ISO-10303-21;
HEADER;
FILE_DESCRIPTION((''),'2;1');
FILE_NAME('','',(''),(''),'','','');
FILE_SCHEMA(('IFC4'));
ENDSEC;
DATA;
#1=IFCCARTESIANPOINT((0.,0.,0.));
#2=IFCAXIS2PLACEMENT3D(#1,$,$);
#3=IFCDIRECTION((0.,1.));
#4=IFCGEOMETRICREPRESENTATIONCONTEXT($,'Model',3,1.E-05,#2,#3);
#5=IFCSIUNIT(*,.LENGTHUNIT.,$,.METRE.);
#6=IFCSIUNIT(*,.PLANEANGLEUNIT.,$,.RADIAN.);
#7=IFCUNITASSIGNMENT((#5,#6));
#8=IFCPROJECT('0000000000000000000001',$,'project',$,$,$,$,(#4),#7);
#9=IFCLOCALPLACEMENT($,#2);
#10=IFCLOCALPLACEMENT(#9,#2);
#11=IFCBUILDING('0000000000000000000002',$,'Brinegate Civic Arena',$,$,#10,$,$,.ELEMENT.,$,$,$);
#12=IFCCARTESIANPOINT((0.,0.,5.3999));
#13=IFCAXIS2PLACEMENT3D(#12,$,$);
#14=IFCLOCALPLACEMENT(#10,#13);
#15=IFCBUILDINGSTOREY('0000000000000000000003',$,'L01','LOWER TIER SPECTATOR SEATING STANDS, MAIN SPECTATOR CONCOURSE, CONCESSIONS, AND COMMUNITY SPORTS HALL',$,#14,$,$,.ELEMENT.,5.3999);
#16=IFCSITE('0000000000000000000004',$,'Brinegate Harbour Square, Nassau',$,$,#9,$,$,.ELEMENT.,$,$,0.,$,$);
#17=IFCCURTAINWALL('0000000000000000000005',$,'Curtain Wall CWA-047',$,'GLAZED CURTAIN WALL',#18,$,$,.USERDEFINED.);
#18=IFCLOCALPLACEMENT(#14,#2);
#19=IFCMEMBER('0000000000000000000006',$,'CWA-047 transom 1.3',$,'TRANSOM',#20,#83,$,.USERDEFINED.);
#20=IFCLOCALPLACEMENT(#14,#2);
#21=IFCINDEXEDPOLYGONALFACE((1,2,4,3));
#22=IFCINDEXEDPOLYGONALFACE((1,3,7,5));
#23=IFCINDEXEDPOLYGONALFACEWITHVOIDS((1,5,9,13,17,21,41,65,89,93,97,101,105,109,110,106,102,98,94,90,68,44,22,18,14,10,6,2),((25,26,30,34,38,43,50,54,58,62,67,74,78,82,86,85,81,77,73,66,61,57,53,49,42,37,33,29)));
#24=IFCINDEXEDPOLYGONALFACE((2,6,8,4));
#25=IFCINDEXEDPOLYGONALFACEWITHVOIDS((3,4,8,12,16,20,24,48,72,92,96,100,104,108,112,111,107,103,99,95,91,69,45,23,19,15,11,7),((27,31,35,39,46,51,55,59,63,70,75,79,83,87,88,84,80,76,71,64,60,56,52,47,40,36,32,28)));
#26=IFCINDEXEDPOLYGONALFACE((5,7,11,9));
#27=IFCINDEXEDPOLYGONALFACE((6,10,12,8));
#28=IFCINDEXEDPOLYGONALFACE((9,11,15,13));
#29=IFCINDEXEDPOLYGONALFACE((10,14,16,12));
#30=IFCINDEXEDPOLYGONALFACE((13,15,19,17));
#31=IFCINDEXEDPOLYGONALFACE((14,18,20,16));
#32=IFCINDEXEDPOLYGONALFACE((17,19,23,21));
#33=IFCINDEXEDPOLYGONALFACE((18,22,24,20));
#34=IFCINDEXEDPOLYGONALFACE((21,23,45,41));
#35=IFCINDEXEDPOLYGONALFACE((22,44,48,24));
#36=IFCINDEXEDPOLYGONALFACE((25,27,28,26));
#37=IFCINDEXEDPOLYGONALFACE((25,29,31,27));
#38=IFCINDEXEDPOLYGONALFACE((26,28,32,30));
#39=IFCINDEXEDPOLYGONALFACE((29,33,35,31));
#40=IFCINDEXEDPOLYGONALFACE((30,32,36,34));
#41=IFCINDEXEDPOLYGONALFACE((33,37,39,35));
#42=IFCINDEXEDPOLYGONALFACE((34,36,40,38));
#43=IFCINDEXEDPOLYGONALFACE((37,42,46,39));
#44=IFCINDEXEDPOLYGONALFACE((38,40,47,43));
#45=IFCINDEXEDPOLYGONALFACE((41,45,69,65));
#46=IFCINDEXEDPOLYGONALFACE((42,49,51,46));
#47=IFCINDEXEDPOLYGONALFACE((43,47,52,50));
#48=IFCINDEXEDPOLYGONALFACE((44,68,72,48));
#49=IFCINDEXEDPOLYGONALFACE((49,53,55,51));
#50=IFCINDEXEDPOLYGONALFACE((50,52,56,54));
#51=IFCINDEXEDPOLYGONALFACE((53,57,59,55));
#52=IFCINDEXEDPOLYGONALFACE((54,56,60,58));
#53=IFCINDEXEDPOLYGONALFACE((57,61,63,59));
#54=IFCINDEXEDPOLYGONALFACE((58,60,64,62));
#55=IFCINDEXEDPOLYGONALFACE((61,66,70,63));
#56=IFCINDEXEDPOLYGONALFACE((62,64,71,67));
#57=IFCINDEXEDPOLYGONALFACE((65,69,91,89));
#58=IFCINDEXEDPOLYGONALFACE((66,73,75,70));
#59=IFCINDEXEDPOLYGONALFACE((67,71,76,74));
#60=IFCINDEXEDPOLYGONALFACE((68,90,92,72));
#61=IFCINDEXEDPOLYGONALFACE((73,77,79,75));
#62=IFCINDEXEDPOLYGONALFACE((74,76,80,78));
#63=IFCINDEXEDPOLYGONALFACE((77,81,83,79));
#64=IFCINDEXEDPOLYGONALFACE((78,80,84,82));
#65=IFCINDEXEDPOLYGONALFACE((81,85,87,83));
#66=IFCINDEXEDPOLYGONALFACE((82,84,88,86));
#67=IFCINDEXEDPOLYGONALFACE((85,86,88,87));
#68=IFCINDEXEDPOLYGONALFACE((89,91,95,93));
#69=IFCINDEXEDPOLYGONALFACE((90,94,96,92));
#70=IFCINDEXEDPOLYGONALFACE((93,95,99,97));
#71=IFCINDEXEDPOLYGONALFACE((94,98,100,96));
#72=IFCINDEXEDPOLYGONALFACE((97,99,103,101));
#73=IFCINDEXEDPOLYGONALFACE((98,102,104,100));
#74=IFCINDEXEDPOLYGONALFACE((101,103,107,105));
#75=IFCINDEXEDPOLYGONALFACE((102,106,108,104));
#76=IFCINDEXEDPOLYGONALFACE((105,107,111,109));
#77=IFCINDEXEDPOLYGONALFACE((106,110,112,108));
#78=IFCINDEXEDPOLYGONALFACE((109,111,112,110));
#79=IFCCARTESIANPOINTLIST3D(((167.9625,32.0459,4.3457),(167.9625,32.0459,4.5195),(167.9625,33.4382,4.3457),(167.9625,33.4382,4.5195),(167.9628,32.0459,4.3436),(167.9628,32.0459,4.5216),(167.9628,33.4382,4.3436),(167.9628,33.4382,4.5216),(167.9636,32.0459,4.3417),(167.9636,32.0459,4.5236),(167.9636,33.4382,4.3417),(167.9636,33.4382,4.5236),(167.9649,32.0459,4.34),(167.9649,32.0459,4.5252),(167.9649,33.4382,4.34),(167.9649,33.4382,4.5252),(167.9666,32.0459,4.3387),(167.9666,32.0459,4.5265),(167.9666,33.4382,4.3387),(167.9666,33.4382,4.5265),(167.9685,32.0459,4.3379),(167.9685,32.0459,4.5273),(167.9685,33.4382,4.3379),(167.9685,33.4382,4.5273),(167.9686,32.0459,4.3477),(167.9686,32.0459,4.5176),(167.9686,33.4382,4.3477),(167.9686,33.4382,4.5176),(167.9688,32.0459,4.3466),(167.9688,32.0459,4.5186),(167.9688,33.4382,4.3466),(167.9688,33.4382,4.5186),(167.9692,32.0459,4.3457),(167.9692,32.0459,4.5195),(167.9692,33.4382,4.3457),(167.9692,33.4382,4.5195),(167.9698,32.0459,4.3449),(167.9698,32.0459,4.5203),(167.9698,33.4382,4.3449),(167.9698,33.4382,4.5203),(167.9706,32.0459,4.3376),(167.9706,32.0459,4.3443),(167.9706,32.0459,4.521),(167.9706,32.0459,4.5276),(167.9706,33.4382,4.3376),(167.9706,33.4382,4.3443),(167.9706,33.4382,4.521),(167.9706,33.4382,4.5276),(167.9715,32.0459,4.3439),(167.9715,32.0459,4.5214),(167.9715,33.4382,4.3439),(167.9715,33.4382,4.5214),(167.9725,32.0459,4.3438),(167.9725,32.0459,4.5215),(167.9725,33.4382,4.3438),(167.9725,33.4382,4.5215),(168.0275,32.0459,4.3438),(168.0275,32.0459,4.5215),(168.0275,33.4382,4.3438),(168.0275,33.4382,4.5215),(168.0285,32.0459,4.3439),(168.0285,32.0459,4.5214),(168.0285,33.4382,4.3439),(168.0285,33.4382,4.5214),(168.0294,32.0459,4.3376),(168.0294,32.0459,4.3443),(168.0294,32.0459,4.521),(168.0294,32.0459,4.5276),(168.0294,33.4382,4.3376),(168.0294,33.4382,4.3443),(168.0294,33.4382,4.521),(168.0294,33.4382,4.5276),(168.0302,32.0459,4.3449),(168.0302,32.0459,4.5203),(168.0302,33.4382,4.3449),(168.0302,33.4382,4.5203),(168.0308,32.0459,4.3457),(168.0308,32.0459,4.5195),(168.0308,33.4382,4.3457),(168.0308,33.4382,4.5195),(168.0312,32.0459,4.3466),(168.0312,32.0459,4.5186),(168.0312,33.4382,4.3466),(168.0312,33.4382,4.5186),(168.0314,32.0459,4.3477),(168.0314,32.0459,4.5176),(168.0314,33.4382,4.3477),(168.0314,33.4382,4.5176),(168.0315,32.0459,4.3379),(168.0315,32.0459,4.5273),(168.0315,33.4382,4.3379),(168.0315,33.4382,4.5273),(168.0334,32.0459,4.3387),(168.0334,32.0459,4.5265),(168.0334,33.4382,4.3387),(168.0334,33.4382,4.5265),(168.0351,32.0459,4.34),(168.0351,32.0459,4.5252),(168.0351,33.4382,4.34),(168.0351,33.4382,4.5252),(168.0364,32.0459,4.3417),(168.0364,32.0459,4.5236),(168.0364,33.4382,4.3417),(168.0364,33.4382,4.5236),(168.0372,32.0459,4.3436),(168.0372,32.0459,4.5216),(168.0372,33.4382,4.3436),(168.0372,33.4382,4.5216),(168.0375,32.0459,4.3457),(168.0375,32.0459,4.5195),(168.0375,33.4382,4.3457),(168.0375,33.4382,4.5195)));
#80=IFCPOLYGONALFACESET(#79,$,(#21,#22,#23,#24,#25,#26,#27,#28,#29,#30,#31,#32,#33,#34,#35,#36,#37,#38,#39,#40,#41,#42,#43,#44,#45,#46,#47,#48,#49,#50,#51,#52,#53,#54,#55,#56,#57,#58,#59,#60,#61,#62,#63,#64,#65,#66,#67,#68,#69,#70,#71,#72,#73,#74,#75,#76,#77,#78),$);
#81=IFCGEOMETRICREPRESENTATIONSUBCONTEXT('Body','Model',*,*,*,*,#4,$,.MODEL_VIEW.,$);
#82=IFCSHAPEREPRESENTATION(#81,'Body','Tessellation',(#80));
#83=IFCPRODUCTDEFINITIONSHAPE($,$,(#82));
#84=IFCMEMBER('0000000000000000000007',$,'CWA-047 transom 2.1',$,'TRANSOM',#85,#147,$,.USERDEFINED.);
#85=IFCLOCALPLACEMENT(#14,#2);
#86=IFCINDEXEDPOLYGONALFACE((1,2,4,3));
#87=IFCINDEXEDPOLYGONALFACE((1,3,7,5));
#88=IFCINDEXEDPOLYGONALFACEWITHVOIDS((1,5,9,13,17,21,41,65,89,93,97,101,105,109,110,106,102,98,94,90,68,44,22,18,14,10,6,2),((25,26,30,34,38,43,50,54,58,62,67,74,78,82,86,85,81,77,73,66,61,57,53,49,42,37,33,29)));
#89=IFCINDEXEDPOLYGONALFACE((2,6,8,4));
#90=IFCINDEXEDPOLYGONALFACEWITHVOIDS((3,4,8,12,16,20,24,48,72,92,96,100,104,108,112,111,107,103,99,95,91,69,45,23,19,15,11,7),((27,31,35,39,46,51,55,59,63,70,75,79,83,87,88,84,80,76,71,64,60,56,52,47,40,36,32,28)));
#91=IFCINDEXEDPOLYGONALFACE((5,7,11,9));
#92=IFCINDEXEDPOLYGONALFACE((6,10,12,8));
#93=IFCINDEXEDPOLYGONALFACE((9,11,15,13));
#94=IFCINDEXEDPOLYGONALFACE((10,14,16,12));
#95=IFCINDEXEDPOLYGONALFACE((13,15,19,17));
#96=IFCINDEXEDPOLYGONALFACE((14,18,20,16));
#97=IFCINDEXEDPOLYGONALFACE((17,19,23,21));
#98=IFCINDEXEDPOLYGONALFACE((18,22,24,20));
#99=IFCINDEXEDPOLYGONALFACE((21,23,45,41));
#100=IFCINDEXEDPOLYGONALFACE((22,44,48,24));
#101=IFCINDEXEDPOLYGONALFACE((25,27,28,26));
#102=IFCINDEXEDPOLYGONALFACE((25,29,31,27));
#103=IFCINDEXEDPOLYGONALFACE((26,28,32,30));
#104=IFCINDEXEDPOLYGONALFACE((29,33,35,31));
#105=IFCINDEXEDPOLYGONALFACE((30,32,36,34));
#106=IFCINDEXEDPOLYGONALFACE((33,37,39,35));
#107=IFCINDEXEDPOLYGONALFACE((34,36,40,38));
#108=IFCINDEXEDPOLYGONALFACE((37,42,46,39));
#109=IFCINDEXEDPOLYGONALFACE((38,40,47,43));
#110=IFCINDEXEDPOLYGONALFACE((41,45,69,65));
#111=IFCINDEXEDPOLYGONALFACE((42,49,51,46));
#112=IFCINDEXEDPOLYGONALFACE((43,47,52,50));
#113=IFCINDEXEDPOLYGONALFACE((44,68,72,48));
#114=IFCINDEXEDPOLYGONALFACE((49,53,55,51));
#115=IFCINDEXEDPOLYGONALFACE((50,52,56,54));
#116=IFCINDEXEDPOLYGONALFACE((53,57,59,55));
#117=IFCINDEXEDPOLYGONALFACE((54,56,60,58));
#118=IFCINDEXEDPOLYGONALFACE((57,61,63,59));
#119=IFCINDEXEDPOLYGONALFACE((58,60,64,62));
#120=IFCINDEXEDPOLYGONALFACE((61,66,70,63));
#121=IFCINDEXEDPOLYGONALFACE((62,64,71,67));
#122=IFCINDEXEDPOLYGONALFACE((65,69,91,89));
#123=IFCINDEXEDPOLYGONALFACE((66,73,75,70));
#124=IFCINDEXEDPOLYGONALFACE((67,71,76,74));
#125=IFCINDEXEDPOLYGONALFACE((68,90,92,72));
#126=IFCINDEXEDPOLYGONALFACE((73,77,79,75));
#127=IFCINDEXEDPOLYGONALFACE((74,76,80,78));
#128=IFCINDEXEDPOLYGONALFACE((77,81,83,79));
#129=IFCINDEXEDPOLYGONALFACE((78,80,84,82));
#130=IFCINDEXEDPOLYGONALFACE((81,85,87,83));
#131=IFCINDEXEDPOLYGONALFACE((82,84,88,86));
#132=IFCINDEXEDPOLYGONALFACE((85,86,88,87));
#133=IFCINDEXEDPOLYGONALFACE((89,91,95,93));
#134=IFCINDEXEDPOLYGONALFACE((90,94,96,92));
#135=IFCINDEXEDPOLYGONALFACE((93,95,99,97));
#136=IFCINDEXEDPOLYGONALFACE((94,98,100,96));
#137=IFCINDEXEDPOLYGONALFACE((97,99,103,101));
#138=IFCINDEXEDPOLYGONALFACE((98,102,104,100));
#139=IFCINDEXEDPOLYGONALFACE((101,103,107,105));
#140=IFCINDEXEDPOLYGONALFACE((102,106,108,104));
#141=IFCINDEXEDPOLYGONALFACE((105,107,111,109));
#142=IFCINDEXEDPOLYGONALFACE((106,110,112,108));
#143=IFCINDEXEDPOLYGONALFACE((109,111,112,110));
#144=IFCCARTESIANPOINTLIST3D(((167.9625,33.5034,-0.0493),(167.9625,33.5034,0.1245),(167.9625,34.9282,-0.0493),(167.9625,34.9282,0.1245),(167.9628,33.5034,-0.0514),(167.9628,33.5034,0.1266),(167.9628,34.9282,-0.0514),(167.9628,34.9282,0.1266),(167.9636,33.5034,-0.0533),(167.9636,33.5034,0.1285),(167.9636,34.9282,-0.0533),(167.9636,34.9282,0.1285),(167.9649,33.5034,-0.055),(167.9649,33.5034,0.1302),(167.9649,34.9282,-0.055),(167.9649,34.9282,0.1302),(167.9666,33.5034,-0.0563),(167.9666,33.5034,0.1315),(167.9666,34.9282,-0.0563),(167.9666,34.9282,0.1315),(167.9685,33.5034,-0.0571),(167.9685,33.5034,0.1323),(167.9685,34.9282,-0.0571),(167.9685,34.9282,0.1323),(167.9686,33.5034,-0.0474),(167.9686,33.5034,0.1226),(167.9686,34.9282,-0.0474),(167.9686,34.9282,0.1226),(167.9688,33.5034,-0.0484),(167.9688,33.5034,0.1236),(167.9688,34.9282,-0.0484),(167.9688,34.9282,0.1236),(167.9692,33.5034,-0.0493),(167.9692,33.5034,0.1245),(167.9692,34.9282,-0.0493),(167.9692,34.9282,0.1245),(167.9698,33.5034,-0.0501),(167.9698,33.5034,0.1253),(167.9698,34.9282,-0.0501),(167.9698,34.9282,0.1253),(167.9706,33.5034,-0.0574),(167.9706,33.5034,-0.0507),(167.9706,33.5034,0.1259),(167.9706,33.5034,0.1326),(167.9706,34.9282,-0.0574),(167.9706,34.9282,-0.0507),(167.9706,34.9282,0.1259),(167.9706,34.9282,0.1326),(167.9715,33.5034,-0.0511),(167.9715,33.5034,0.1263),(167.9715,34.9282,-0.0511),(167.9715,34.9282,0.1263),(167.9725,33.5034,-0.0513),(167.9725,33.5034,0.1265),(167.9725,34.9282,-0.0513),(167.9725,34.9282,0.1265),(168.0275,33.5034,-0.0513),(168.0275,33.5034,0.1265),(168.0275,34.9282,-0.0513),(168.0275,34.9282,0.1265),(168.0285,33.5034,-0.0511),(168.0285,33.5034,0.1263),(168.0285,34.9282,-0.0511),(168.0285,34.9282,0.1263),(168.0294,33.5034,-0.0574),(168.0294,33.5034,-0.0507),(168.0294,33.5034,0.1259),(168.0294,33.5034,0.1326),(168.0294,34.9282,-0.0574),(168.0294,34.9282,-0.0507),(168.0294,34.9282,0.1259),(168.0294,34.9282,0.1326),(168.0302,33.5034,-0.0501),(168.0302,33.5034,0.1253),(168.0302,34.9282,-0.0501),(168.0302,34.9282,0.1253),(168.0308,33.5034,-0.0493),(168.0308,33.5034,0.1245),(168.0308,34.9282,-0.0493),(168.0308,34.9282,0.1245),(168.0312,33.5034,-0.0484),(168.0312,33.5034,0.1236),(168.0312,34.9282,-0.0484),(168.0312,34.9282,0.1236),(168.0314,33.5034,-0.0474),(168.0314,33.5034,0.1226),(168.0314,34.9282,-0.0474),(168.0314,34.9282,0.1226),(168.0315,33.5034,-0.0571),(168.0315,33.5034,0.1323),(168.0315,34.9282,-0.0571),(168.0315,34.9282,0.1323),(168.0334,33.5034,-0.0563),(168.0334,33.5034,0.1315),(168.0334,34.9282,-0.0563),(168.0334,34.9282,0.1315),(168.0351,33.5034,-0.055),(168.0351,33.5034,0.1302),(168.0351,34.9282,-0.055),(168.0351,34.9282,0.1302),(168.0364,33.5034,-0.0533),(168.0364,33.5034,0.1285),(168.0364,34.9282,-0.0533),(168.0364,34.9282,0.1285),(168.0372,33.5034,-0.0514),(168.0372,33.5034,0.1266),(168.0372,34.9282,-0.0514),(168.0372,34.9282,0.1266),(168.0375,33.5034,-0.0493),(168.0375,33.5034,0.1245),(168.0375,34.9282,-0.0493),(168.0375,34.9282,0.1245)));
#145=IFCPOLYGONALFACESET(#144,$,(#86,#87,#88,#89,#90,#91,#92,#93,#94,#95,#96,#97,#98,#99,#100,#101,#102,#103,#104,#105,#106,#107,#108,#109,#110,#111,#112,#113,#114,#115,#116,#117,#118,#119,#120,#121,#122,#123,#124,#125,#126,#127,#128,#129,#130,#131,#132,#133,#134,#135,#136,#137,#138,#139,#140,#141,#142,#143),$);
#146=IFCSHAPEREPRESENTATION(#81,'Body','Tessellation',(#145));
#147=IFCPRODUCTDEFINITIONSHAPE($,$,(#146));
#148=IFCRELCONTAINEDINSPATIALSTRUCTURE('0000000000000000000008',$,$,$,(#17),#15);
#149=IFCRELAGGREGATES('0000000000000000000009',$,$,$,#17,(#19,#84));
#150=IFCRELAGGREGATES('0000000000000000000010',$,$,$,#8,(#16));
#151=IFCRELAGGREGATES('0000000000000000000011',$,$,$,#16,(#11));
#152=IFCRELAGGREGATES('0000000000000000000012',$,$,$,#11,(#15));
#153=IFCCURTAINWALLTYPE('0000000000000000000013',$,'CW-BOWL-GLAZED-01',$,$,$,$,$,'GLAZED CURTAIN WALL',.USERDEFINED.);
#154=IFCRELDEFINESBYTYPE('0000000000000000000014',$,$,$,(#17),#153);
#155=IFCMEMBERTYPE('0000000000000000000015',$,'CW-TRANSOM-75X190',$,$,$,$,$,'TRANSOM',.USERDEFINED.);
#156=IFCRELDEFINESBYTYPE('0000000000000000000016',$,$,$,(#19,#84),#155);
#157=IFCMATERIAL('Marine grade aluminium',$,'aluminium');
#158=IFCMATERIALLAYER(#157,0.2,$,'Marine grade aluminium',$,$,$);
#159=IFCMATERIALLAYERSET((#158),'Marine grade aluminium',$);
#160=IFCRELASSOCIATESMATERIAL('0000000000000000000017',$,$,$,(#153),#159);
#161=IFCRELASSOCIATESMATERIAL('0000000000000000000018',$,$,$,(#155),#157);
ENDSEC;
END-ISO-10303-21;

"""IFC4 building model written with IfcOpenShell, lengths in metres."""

from ifc_helpers import new_model, si_unit, direction, frame, origin, origin_2d, place, context, subcontext, project, spatial, hollow_rectangle, extrude, material, layer, layer_set, material_profile, profile_set, type_object, element, aggregate, save


model = new_model("IFC4")

# Units and contexts
model_context = context("Model", 3, precision=1e-05, world=origin(), true_north=direction((0.0, 1.0)))
body_context = subcontext(model_context, "Body", "Model", "MODEL_VIEW")
ifc_project = project(units=[si_unit("LENGTHUNIT", "METRE"), si_unit("PLANEANGLEUNIT", "RADIAN")], contexts=[model_context])

# Site, building, storey
site_placement = place(None, origin())
site = spatial("IfcSite", under=ifc_project, at=site_placement, Name="Brinegate Harbour Square, Nassau", CompositionType="ELEMENT", RefElevation=0.0)
building_placement = place(site_placement, origin())
building = spatial("IfcBuilding", under=site, at=building_placement, Name="Brinegate Civic Arena", CompositionType="ELEMENT")
storey_placement = place(building_placement, frame((0.0, 0.0, 5.3999)))
storey = spatial("IfcBuildingStorey", under=building, at=storey_placement, Name="L01", Description="LOWER TIER SPECTATOR SEATING STANDS, MAIN SPECTATOR CONCOURSE, CONCESSIONS, AND COMMUNITY SPORTS HALL", CompositionType="ELEMENT", Elevation=5.3999)

# Curtain wall
ifc_material_1 = material(Name="Marine grade aluminium", Category="aluminium")
ifc_layer_1 = layer(ifc_material_1, 0.2, Name="Marine grade aluminium")
ifc_layer_set_1 = layer_set([ifc_layer_1], Name="Marine grade aluminium")
curtain_wall_type = type_object("IfcCurtainWallType", Name="CW-BOWL-GLAZED-01", ElementType="GLAZED CURTAIN WALL", PredefinedType="USERDEFINED", material=ifc_layer_set_1)
curtain_wall_1_placement = place(storey_placement, origin())
curtain_wall_1 = element("IfcCurtainWall", 1, at=curtain_wall_1_placement, inside=storey, type_object=curtain_wall_type, Name="Curtain Wall CWA-047", ObjectType="GLAZED CURTAIN WALL", PredefinedType="USERDEFINED")

# Members
ifc_material_profile_1 = material_profile(ifc_material_1, hollow_rectangle(XDim=0.075, YDim=0.1899, WallThickness=0.0061, InnerFilletRadius=0.0039, OuterFilletRadius=0.0081, at=origin_2d()), Name="TRN75X190")
ifc_profile_set_1 = profile_set([ifc_material_profile_1], Name="Marine grade aluminium")
member_type_1 = type_object("IfcMemberType", Name="CW-TRANSOM-75X190", ElementType="TRANSOM", PredefinedType="USERDEFINED", material=ifc_profile_set_1)
member_1_placement = place(storey_placement, frame((168.0, 32.0459, 4.4326), z_axis=(0.0, 1.0, 0.0), x_axis=(-1.0, 0.0, 0.0)))
member_1 = element("IfcMember", 2, at=member_1_placement, type_object=member_type_1, Name="CWA-047 transom 1.3", ObjectType="TRANSOM", PredefinedType="USERDEFINED", context=body_context, shape_type="SweptSolid", body=[
    extrude(hollow_rectangle(XDim=0.075, YDim=0.1899, WallThickness=0.0061, InnerFilletRadius=0.0039, OuterFilletRadius=0.0081, at=origin_2d()), origin(), (0.0, 0.0, 1.0), 1.3923),
])
member_2_placement = place(storey_placement, frame((168.0, 33.5034, 0.0376), z_axis=(0.0, 1.0, 0.0), x_axis=(-1.0, 0.0, 0.0)))
member_2 = element("IfcMember", 3, at=member_2_placement, type_object=member_type_1, Name="CWA-047 transom 2.1", ObjectType="TRANSOM", PredefinedType="USERDEFINED", context=body_context, shape_type="SweptSolid", body=[
    extrude(hollow_rectangle(XDim=0.075, YDim=0.1899, WallThickness=0.0061, InnerFilletRadius=0.0039, OuterFilletRadius=0.0081, at=origin_2d()), origin(), (0.0, 0.0, 1.0), 1.4248),
])

aggregate(curtain_wall_1, [member_1, member_2])

save(model, "model.ifc")
